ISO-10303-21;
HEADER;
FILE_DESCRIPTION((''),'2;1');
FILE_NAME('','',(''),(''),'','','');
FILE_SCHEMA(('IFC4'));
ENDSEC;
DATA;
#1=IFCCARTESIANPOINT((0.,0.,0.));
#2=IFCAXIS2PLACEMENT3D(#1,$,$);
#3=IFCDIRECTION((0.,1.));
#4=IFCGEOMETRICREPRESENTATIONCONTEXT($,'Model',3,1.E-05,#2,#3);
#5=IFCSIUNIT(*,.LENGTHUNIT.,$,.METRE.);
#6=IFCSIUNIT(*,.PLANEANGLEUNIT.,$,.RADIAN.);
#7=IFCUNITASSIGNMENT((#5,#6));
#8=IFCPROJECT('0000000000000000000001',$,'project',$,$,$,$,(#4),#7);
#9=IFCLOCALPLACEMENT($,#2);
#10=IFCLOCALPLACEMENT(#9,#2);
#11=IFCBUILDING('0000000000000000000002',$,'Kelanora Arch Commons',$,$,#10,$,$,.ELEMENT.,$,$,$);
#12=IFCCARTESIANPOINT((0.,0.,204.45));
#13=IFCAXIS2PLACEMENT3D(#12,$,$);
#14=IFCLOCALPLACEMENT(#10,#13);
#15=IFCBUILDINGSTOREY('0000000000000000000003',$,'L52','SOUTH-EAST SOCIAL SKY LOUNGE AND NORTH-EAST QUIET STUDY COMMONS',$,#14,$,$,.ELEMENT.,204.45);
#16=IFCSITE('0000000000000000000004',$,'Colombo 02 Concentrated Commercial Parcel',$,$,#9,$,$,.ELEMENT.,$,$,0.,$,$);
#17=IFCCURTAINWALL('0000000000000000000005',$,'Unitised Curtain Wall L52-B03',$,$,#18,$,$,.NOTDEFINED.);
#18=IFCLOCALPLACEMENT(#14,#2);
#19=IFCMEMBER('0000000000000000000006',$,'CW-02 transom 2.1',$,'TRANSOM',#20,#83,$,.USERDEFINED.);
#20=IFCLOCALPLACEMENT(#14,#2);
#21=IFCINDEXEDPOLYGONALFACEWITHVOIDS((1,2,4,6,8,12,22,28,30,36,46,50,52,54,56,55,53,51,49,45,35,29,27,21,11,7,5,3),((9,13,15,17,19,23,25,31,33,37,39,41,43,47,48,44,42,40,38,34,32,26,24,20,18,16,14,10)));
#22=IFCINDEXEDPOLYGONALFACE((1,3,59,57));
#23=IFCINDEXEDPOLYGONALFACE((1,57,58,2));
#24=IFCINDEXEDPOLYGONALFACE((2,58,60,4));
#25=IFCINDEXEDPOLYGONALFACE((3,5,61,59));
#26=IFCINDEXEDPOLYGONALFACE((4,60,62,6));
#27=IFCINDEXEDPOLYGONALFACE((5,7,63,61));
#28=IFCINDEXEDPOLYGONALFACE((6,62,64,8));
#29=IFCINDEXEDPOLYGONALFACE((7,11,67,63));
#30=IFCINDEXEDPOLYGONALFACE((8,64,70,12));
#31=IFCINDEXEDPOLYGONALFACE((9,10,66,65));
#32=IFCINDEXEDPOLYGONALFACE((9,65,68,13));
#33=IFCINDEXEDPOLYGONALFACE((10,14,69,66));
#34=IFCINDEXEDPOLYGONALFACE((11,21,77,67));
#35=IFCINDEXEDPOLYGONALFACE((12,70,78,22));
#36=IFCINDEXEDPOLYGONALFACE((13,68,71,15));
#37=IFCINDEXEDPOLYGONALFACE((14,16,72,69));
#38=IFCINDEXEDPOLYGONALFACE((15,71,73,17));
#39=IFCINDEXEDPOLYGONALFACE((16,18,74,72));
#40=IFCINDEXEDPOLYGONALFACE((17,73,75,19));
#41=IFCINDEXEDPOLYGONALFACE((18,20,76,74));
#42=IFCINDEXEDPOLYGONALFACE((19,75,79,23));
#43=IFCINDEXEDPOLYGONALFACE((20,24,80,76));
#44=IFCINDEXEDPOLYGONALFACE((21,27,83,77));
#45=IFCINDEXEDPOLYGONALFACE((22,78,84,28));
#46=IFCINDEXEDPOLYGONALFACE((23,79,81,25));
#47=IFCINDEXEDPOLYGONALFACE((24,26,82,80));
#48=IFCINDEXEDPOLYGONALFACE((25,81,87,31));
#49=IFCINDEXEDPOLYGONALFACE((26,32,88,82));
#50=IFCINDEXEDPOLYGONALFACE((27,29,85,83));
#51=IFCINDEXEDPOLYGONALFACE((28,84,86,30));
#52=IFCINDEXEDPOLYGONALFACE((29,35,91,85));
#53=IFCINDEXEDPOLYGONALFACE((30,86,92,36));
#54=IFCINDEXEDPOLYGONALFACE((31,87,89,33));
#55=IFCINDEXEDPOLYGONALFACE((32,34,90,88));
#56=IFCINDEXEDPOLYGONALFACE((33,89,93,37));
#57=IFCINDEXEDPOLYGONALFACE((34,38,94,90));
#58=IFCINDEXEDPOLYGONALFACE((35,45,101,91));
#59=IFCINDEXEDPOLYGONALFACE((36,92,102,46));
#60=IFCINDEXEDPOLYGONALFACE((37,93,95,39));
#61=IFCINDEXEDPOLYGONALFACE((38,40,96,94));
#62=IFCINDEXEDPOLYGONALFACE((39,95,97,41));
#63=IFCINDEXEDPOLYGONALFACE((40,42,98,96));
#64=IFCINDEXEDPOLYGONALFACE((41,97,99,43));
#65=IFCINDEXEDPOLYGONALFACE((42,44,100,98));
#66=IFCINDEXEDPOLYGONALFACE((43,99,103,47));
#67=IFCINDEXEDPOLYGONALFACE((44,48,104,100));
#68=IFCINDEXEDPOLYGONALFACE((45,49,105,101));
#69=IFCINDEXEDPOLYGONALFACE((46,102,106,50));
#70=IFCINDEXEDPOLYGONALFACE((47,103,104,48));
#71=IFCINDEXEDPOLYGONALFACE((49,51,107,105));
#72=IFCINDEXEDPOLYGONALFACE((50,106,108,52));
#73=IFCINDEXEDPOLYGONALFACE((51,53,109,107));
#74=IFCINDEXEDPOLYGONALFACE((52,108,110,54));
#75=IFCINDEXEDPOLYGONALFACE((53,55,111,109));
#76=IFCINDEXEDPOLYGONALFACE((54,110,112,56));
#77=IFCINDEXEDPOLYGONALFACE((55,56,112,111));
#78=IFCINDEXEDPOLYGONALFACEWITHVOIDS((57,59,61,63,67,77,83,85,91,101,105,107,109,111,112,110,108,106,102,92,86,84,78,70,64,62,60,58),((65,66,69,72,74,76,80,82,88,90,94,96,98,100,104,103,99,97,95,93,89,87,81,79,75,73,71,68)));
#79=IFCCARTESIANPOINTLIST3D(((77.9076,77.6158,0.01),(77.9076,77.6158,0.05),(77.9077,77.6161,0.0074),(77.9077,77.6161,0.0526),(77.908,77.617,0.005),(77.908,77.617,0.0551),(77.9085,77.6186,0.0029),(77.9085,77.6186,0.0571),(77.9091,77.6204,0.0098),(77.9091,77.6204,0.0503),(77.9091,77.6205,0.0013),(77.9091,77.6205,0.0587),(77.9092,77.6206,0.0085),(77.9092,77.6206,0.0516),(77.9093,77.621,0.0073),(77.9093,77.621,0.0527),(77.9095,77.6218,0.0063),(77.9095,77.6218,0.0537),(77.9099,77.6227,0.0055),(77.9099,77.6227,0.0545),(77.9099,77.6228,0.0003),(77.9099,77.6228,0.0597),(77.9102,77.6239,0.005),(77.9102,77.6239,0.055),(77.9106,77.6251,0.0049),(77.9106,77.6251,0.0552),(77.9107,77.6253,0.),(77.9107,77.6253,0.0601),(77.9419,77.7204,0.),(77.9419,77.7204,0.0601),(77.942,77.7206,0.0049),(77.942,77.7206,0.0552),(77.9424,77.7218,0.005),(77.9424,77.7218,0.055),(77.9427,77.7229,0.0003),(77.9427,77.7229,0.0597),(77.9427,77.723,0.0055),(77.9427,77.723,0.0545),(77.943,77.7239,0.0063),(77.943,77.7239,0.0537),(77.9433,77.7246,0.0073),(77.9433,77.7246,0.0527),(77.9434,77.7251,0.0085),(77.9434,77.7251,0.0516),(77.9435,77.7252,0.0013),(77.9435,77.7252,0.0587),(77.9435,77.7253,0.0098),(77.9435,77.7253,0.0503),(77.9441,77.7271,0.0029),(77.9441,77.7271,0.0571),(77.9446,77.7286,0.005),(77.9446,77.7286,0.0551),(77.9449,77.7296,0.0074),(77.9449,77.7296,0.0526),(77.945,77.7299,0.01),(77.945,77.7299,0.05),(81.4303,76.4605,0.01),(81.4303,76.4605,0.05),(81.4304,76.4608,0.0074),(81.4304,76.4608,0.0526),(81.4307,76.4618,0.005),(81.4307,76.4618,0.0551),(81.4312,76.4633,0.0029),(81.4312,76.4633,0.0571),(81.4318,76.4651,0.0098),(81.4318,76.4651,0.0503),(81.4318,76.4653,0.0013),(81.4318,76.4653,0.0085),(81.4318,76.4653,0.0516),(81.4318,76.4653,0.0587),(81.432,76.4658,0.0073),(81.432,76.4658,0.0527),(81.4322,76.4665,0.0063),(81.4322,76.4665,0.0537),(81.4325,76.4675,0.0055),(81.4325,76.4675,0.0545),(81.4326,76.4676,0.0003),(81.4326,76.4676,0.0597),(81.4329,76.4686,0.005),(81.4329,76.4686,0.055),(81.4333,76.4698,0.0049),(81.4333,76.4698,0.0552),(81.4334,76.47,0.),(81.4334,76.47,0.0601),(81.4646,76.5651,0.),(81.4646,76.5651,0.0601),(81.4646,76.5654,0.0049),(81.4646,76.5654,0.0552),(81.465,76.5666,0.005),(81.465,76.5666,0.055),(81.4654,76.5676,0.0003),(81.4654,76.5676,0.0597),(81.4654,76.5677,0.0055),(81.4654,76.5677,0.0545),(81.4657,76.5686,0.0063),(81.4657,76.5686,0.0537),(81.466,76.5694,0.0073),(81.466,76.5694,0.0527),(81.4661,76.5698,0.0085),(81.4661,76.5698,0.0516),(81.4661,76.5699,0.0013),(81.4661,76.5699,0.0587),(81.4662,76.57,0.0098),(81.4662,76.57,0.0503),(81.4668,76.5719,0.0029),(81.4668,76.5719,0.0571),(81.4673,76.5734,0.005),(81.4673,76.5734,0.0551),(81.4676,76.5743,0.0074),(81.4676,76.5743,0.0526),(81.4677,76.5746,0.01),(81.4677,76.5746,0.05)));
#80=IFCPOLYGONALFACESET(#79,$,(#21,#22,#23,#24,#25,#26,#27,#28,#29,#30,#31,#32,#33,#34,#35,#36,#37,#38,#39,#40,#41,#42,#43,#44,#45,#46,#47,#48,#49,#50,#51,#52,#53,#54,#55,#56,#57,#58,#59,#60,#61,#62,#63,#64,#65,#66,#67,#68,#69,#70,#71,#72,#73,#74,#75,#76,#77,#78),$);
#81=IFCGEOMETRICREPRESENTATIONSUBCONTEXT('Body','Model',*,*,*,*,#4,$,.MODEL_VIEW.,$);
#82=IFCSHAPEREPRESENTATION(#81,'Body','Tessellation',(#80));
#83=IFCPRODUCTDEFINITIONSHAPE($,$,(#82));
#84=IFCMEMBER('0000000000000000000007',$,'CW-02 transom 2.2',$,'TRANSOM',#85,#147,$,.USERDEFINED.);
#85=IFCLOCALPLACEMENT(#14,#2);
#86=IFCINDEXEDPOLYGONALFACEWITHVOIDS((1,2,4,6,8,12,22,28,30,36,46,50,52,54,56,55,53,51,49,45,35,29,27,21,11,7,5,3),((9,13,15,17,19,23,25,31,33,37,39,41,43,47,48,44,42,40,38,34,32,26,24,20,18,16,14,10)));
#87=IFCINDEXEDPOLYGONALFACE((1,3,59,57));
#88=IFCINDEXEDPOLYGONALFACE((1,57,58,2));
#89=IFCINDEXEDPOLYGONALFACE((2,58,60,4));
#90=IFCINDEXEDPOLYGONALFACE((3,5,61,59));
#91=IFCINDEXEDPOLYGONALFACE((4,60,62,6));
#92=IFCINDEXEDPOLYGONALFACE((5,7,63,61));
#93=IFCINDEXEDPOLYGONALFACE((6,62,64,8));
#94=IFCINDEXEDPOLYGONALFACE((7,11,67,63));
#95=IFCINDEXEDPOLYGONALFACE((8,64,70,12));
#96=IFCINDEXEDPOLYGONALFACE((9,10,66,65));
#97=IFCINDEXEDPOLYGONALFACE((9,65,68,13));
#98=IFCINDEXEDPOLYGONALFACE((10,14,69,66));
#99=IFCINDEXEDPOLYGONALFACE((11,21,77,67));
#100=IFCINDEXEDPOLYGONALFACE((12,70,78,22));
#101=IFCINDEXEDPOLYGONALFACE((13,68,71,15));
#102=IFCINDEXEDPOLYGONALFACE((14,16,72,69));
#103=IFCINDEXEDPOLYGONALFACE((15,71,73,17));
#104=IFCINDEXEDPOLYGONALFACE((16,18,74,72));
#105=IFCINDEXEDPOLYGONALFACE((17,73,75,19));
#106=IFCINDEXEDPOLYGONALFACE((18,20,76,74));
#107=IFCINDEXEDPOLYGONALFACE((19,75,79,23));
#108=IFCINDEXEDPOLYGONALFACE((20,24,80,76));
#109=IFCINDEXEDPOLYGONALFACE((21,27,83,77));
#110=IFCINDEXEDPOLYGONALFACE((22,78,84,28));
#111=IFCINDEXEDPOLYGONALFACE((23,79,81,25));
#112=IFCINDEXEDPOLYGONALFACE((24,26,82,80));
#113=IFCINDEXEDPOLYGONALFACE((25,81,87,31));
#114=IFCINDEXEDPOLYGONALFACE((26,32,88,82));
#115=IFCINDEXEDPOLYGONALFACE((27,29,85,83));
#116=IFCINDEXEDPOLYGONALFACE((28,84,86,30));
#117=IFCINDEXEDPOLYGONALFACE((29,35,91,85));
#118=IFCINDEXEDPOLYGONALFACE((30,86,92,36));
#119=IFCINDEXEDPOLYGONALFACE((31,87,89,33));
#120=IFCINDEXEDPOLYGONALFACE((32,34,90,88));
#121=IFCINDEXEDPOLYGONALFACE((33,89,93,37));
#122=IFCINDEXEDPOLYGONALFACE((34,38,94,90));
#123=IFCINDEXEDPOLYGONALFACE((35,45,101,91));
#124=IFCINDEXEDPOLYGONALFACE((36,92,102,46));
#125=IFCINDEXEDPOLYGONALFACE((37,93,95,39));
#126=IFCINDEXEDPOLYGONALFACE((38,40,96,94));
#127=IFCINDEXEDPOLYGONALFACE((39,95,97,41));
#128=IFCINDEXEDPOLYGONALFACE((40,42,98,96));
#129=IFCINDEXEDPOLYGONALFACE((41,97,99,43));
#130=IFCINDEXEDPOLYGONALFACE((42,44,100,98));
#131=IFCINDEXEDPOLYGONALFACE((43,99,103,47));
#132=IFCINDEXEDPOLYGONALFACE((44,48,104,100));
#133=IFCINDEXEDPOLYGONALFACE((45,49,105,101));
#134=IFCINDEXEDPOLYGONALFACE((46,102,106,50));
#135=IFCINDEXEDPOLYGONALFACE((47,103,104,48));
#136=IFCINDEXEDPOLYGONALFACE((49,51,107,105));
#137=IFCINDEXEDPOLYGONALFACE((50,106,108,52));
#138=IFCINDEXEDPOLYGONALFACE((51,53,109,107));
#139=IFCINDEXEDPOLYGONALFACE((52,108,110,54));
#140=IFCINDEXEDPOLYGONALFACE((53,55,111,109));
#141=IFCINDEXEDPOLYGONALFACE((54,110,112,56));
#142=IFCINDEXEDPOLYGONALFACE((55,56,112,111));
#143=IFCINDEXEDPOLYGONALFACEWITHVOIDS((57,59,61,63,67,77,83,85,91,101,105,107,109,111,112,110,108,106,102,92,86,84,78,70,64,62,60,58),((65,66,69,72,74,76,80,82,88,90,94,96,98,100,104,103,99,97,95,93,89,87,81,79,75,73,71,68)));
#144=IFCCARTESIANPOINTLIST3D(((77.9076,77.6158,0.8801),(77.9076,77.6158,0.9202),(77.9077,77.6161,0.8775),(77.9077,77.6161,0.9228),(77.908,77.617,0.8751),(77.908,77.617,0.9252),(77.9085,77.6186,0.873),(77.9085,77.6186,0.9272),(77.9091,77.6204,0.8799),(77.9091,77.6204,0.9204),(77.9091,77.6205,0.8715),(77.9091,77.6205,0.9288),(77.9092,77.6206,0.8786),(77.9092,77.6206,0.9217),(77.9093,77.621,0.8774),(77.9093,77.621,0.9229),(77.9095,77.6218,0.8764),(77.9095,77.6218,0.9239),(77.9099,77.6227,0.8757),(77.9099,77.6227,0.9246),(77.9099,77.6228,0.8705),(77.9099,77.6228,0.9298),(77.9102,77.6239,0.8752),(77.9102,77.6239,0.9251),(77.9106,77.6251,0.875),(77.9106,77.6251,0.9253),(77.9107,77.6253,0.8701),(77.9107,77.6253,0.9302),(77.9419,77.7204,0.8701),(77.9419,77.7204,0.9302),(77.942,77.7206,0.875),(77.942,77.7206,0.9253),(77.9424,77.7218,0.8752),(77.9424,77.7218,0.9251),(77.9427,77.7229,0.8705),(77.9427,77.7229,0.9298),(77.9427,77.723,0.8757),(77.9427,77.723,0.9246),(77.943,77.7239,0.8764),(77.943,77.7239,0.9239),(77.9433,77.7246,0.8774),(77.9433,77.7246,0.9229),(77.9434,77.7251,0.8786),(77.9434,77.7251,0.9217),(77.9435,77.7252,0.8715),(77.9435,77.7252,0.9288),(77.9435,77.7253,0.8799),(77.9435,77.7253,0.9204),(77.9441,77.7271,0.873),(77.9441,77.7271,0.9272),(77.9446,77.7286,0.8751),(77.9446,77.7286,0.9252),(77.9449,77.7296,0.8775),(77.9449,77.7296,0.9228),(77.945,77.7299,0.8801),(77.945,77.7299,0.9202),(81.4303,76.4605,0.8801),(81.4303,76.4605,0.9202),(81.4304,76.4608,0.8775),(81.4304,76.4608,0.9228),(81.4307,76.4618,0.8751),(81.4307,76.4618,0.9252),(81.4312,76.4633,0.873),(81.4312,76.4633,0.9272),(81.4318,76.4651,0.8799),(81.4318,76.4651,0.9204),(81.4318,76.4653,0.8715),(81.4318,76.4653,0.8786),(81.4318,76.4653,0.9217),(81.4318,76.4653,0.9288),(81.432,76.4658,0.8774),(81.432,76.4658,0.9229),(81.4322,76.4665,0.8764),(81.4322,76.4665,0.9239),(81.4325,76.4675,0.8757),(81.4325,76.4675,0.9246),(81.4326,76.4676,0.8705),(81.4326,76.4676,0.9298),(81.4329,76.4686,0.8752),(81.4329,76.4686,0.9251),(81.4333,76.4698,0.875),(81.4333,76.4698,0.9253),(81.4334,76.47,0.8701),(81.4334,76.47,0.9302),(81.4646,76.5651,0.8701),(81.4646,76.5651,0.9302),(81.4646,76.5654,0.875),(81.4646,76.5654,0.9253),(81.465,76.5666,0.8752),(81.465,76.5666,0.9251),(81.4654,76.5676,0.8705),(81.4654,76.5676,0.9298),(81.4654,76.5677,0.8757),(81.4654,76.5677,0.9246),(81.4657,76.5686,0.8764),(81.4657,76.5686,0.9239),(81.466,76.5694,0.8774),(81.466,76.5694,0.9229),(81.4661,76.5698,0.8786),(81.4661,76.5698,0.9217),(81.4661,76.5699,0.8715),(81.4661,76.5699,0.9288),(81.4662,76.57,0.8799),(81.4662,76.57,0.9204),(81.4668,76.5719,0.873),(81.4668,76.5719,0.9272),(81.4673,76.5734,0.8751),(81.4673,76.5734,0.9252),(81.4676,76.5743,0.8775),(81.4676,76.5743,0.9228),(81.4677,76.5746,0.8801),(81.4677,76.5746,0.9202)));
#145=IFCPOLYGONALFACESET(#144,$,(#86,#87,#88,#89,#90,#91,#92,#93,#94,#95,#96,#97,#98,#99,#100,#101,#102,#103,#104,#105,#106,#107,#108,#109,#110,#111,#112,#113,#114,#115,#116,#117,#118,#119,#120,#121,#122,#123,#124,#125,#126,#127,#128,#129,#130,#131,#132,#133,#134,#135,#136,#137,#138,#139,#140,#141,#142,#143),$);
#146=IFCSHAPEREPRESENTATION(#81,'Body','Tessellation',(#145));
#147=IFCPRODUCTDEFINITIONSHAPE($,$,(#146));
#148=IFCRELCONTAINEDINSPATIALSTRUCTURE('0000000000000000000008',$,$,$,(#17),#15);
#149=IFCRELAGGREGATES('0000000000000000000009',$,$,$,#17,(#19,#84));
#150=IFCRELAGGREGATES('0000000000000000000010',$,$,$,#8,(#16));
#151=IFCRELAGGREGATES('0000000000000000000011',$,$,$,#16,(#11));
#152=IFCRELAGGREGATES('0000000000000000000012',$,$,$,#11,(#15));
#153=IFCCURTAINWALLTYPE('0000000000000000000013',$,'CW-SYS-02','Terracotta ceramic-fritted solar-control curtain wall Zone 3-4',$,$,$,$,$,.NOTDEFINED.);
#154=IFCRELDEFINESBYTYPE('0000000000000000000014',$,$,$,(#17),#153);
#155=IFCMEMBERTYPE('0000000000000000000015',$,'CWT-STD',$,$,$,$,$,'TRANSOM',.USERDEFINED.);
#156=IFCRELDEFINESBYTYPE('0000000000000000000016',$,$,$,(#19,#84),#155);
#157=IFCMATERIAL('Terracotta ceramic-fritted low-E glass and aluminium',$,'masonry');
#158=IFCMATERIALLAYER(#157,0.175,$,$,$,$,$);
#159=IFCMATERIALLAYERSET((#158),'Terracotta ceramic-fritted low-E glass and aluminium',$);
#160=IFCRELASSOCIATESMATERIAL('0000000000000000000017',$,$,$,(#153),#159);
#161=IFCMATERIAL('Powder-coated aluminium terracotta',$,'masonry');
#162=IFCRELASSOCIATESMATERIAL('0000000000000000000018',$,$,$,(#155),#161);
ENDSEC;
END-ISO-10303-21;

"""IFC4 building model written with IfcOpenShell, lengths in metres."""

from ifc_helpers import new_model, si_unit, direction, frame, origin, origin_2d, place, context, subcontext, project, spatial, hollow_rectangle, extrude, material, layer, layer_set, material_profile, profile_set, type_object, element, aggregate, save


model = new_model("IFC4")

# Units and contexts
model_context = context("Model", 3, precision=1e-05, world=origin(), true_north=direction((0.0, 1.0)))
body_context = subcontext(model_context, "Body", "Model", "MODEL_VIEW")
ifc_project = project(units=[si_unit("LENGTHUNIT", "METRE"), si_unit("PLANEANGLEUNIT", "RADIAN")], contexts=[model_context])

# Site, building, storey
site_placement = place(None, origin())
site = spatial("IfcSite", under=ifc_project, at=site_placement, Name="Colombo 02 Concentrated Commercial Parcel", CompositionType="ELEMENT", RefElevation=0.0)
building_placement = place(site_placement, origin())
building = spatial("IfcBuilding", under=site, at=building_placement, Name="Kelanora Arch Commons", CompositionType="ELEMENT")
storey_placement = place(building_placement, frame((0.0, 0.0, 204.45)))
storey = spatial("IfcBuildingStorey", under=building, at=storey_placement, Name="L52", Description="SOUTH-EAST SOCIAL SKY LOUNGE AND NORTH-EAST QUIET STUDY COMMONS", CompositionType="ELEMENT", Elevation=204.45)

# Curtain wall, members
ifc_material_1 = material(Name="Terracotta ceramic-fritted low-E glass and aluminium", Category="masonry")
ifc_layer_1 = layer(ifc_material_1, 0.175)
ifc_layer_set_1 = layer_set([ifc_layer_1], Name="Terracotta ceramic-fritted low-E glass and aluminium")
curtain_wall_type = type_object("IfcCurtainWallType", Name="CW-SYS-02", Description="Terracotta ceramic-fritted solar-control curtain wall Zone 3-4", PredefinedType="NOTDEFINED", material=ifc_layer_set_1)
curtain_wall_placement = place(storey_placement, origin())
curtain_wall = element("IfcCurtainWall", 1, at=curtain_wall_placement, inside=storey, type_object=curtain_wall_type, Name="Unitised Curtain Wall L52-B03", PredefinedType="NOTDEFINED")
ifc_material_2 = material(Name="Powder-coated aluminium terracotta", Category="masonry")
ifc_material_profile_1 = material_profile(ifc_material_2, hollow_rectangle(XDim=0.1201, YDim=0.0601, WallThickness=0.0049, InnerFilletRadius=0.0049, OuterFilletRadius=0.01, at=origin_2d()), Name="CWT120x60")
ifc_profile_set_1 = profile_set([ifc_material_profile_1], Name="Powder-coated aluminium terracotta")
member_type_1 = type_object("IfcMemberType", Name="CWT-STD", ElementType="TRANSOM", PredefinedType="USERDEFINED", material=ifc_profile_set_1)
member_1_placement = place(storey_placement, frame((81.449, 76.5176, 0.03), z_axis=(-0.950207, 0.311621, 0.0), x_axis=(-0.311621, -0.950207, 0.0)))
member_1 = element("IfcMember", 2, at=member_1_placement, type_object=member_type_1, Name="CW-02 transom 2.1", ObjectType="TRANSOM", PredefinedType="USERDEFINED", context=body_context, shape_type="SweptSolid", body=[
    extrude(hollow_rectangle(XDim=0.1201, YDim=0.0601, WallThickness=0.0049, InnerFilletRadius=0.0049, OuterFilletRadius=0.01, at=origin_2d()), origin(), (0.0, 0.0, 1.0), 3.7073),
])
member_2_placement = place(storey_placement, frame((81.449, 76.5176, 0.9001), z_axis=(-0.950207, 0.311621, 0.0), x_axis=(-0.311621, -0.950207, 0.0)))
member_2 = element("IfcMember", 3, at=member_2_placement, type_object=member_type_1, Name="CW-02 transom 2.2", ObjectType="TRANSOM", PredefinedType="USERDEFINED", context=body_context, shape_type="SweptSolid", body=[
    extrude(hollow_rectangle(XDim=0.1201, YDim=0.0601, WallThickness=0.0049, InnerFilletRadius=0.0049, OuterFilletRadius=0.01, at=origin_2d()), origin(), (0.0, 0.0, 1.0), 3.7073),
])
aggregate(curtain_wall, [member_1, member_2])

save(model, "model.ifc")
